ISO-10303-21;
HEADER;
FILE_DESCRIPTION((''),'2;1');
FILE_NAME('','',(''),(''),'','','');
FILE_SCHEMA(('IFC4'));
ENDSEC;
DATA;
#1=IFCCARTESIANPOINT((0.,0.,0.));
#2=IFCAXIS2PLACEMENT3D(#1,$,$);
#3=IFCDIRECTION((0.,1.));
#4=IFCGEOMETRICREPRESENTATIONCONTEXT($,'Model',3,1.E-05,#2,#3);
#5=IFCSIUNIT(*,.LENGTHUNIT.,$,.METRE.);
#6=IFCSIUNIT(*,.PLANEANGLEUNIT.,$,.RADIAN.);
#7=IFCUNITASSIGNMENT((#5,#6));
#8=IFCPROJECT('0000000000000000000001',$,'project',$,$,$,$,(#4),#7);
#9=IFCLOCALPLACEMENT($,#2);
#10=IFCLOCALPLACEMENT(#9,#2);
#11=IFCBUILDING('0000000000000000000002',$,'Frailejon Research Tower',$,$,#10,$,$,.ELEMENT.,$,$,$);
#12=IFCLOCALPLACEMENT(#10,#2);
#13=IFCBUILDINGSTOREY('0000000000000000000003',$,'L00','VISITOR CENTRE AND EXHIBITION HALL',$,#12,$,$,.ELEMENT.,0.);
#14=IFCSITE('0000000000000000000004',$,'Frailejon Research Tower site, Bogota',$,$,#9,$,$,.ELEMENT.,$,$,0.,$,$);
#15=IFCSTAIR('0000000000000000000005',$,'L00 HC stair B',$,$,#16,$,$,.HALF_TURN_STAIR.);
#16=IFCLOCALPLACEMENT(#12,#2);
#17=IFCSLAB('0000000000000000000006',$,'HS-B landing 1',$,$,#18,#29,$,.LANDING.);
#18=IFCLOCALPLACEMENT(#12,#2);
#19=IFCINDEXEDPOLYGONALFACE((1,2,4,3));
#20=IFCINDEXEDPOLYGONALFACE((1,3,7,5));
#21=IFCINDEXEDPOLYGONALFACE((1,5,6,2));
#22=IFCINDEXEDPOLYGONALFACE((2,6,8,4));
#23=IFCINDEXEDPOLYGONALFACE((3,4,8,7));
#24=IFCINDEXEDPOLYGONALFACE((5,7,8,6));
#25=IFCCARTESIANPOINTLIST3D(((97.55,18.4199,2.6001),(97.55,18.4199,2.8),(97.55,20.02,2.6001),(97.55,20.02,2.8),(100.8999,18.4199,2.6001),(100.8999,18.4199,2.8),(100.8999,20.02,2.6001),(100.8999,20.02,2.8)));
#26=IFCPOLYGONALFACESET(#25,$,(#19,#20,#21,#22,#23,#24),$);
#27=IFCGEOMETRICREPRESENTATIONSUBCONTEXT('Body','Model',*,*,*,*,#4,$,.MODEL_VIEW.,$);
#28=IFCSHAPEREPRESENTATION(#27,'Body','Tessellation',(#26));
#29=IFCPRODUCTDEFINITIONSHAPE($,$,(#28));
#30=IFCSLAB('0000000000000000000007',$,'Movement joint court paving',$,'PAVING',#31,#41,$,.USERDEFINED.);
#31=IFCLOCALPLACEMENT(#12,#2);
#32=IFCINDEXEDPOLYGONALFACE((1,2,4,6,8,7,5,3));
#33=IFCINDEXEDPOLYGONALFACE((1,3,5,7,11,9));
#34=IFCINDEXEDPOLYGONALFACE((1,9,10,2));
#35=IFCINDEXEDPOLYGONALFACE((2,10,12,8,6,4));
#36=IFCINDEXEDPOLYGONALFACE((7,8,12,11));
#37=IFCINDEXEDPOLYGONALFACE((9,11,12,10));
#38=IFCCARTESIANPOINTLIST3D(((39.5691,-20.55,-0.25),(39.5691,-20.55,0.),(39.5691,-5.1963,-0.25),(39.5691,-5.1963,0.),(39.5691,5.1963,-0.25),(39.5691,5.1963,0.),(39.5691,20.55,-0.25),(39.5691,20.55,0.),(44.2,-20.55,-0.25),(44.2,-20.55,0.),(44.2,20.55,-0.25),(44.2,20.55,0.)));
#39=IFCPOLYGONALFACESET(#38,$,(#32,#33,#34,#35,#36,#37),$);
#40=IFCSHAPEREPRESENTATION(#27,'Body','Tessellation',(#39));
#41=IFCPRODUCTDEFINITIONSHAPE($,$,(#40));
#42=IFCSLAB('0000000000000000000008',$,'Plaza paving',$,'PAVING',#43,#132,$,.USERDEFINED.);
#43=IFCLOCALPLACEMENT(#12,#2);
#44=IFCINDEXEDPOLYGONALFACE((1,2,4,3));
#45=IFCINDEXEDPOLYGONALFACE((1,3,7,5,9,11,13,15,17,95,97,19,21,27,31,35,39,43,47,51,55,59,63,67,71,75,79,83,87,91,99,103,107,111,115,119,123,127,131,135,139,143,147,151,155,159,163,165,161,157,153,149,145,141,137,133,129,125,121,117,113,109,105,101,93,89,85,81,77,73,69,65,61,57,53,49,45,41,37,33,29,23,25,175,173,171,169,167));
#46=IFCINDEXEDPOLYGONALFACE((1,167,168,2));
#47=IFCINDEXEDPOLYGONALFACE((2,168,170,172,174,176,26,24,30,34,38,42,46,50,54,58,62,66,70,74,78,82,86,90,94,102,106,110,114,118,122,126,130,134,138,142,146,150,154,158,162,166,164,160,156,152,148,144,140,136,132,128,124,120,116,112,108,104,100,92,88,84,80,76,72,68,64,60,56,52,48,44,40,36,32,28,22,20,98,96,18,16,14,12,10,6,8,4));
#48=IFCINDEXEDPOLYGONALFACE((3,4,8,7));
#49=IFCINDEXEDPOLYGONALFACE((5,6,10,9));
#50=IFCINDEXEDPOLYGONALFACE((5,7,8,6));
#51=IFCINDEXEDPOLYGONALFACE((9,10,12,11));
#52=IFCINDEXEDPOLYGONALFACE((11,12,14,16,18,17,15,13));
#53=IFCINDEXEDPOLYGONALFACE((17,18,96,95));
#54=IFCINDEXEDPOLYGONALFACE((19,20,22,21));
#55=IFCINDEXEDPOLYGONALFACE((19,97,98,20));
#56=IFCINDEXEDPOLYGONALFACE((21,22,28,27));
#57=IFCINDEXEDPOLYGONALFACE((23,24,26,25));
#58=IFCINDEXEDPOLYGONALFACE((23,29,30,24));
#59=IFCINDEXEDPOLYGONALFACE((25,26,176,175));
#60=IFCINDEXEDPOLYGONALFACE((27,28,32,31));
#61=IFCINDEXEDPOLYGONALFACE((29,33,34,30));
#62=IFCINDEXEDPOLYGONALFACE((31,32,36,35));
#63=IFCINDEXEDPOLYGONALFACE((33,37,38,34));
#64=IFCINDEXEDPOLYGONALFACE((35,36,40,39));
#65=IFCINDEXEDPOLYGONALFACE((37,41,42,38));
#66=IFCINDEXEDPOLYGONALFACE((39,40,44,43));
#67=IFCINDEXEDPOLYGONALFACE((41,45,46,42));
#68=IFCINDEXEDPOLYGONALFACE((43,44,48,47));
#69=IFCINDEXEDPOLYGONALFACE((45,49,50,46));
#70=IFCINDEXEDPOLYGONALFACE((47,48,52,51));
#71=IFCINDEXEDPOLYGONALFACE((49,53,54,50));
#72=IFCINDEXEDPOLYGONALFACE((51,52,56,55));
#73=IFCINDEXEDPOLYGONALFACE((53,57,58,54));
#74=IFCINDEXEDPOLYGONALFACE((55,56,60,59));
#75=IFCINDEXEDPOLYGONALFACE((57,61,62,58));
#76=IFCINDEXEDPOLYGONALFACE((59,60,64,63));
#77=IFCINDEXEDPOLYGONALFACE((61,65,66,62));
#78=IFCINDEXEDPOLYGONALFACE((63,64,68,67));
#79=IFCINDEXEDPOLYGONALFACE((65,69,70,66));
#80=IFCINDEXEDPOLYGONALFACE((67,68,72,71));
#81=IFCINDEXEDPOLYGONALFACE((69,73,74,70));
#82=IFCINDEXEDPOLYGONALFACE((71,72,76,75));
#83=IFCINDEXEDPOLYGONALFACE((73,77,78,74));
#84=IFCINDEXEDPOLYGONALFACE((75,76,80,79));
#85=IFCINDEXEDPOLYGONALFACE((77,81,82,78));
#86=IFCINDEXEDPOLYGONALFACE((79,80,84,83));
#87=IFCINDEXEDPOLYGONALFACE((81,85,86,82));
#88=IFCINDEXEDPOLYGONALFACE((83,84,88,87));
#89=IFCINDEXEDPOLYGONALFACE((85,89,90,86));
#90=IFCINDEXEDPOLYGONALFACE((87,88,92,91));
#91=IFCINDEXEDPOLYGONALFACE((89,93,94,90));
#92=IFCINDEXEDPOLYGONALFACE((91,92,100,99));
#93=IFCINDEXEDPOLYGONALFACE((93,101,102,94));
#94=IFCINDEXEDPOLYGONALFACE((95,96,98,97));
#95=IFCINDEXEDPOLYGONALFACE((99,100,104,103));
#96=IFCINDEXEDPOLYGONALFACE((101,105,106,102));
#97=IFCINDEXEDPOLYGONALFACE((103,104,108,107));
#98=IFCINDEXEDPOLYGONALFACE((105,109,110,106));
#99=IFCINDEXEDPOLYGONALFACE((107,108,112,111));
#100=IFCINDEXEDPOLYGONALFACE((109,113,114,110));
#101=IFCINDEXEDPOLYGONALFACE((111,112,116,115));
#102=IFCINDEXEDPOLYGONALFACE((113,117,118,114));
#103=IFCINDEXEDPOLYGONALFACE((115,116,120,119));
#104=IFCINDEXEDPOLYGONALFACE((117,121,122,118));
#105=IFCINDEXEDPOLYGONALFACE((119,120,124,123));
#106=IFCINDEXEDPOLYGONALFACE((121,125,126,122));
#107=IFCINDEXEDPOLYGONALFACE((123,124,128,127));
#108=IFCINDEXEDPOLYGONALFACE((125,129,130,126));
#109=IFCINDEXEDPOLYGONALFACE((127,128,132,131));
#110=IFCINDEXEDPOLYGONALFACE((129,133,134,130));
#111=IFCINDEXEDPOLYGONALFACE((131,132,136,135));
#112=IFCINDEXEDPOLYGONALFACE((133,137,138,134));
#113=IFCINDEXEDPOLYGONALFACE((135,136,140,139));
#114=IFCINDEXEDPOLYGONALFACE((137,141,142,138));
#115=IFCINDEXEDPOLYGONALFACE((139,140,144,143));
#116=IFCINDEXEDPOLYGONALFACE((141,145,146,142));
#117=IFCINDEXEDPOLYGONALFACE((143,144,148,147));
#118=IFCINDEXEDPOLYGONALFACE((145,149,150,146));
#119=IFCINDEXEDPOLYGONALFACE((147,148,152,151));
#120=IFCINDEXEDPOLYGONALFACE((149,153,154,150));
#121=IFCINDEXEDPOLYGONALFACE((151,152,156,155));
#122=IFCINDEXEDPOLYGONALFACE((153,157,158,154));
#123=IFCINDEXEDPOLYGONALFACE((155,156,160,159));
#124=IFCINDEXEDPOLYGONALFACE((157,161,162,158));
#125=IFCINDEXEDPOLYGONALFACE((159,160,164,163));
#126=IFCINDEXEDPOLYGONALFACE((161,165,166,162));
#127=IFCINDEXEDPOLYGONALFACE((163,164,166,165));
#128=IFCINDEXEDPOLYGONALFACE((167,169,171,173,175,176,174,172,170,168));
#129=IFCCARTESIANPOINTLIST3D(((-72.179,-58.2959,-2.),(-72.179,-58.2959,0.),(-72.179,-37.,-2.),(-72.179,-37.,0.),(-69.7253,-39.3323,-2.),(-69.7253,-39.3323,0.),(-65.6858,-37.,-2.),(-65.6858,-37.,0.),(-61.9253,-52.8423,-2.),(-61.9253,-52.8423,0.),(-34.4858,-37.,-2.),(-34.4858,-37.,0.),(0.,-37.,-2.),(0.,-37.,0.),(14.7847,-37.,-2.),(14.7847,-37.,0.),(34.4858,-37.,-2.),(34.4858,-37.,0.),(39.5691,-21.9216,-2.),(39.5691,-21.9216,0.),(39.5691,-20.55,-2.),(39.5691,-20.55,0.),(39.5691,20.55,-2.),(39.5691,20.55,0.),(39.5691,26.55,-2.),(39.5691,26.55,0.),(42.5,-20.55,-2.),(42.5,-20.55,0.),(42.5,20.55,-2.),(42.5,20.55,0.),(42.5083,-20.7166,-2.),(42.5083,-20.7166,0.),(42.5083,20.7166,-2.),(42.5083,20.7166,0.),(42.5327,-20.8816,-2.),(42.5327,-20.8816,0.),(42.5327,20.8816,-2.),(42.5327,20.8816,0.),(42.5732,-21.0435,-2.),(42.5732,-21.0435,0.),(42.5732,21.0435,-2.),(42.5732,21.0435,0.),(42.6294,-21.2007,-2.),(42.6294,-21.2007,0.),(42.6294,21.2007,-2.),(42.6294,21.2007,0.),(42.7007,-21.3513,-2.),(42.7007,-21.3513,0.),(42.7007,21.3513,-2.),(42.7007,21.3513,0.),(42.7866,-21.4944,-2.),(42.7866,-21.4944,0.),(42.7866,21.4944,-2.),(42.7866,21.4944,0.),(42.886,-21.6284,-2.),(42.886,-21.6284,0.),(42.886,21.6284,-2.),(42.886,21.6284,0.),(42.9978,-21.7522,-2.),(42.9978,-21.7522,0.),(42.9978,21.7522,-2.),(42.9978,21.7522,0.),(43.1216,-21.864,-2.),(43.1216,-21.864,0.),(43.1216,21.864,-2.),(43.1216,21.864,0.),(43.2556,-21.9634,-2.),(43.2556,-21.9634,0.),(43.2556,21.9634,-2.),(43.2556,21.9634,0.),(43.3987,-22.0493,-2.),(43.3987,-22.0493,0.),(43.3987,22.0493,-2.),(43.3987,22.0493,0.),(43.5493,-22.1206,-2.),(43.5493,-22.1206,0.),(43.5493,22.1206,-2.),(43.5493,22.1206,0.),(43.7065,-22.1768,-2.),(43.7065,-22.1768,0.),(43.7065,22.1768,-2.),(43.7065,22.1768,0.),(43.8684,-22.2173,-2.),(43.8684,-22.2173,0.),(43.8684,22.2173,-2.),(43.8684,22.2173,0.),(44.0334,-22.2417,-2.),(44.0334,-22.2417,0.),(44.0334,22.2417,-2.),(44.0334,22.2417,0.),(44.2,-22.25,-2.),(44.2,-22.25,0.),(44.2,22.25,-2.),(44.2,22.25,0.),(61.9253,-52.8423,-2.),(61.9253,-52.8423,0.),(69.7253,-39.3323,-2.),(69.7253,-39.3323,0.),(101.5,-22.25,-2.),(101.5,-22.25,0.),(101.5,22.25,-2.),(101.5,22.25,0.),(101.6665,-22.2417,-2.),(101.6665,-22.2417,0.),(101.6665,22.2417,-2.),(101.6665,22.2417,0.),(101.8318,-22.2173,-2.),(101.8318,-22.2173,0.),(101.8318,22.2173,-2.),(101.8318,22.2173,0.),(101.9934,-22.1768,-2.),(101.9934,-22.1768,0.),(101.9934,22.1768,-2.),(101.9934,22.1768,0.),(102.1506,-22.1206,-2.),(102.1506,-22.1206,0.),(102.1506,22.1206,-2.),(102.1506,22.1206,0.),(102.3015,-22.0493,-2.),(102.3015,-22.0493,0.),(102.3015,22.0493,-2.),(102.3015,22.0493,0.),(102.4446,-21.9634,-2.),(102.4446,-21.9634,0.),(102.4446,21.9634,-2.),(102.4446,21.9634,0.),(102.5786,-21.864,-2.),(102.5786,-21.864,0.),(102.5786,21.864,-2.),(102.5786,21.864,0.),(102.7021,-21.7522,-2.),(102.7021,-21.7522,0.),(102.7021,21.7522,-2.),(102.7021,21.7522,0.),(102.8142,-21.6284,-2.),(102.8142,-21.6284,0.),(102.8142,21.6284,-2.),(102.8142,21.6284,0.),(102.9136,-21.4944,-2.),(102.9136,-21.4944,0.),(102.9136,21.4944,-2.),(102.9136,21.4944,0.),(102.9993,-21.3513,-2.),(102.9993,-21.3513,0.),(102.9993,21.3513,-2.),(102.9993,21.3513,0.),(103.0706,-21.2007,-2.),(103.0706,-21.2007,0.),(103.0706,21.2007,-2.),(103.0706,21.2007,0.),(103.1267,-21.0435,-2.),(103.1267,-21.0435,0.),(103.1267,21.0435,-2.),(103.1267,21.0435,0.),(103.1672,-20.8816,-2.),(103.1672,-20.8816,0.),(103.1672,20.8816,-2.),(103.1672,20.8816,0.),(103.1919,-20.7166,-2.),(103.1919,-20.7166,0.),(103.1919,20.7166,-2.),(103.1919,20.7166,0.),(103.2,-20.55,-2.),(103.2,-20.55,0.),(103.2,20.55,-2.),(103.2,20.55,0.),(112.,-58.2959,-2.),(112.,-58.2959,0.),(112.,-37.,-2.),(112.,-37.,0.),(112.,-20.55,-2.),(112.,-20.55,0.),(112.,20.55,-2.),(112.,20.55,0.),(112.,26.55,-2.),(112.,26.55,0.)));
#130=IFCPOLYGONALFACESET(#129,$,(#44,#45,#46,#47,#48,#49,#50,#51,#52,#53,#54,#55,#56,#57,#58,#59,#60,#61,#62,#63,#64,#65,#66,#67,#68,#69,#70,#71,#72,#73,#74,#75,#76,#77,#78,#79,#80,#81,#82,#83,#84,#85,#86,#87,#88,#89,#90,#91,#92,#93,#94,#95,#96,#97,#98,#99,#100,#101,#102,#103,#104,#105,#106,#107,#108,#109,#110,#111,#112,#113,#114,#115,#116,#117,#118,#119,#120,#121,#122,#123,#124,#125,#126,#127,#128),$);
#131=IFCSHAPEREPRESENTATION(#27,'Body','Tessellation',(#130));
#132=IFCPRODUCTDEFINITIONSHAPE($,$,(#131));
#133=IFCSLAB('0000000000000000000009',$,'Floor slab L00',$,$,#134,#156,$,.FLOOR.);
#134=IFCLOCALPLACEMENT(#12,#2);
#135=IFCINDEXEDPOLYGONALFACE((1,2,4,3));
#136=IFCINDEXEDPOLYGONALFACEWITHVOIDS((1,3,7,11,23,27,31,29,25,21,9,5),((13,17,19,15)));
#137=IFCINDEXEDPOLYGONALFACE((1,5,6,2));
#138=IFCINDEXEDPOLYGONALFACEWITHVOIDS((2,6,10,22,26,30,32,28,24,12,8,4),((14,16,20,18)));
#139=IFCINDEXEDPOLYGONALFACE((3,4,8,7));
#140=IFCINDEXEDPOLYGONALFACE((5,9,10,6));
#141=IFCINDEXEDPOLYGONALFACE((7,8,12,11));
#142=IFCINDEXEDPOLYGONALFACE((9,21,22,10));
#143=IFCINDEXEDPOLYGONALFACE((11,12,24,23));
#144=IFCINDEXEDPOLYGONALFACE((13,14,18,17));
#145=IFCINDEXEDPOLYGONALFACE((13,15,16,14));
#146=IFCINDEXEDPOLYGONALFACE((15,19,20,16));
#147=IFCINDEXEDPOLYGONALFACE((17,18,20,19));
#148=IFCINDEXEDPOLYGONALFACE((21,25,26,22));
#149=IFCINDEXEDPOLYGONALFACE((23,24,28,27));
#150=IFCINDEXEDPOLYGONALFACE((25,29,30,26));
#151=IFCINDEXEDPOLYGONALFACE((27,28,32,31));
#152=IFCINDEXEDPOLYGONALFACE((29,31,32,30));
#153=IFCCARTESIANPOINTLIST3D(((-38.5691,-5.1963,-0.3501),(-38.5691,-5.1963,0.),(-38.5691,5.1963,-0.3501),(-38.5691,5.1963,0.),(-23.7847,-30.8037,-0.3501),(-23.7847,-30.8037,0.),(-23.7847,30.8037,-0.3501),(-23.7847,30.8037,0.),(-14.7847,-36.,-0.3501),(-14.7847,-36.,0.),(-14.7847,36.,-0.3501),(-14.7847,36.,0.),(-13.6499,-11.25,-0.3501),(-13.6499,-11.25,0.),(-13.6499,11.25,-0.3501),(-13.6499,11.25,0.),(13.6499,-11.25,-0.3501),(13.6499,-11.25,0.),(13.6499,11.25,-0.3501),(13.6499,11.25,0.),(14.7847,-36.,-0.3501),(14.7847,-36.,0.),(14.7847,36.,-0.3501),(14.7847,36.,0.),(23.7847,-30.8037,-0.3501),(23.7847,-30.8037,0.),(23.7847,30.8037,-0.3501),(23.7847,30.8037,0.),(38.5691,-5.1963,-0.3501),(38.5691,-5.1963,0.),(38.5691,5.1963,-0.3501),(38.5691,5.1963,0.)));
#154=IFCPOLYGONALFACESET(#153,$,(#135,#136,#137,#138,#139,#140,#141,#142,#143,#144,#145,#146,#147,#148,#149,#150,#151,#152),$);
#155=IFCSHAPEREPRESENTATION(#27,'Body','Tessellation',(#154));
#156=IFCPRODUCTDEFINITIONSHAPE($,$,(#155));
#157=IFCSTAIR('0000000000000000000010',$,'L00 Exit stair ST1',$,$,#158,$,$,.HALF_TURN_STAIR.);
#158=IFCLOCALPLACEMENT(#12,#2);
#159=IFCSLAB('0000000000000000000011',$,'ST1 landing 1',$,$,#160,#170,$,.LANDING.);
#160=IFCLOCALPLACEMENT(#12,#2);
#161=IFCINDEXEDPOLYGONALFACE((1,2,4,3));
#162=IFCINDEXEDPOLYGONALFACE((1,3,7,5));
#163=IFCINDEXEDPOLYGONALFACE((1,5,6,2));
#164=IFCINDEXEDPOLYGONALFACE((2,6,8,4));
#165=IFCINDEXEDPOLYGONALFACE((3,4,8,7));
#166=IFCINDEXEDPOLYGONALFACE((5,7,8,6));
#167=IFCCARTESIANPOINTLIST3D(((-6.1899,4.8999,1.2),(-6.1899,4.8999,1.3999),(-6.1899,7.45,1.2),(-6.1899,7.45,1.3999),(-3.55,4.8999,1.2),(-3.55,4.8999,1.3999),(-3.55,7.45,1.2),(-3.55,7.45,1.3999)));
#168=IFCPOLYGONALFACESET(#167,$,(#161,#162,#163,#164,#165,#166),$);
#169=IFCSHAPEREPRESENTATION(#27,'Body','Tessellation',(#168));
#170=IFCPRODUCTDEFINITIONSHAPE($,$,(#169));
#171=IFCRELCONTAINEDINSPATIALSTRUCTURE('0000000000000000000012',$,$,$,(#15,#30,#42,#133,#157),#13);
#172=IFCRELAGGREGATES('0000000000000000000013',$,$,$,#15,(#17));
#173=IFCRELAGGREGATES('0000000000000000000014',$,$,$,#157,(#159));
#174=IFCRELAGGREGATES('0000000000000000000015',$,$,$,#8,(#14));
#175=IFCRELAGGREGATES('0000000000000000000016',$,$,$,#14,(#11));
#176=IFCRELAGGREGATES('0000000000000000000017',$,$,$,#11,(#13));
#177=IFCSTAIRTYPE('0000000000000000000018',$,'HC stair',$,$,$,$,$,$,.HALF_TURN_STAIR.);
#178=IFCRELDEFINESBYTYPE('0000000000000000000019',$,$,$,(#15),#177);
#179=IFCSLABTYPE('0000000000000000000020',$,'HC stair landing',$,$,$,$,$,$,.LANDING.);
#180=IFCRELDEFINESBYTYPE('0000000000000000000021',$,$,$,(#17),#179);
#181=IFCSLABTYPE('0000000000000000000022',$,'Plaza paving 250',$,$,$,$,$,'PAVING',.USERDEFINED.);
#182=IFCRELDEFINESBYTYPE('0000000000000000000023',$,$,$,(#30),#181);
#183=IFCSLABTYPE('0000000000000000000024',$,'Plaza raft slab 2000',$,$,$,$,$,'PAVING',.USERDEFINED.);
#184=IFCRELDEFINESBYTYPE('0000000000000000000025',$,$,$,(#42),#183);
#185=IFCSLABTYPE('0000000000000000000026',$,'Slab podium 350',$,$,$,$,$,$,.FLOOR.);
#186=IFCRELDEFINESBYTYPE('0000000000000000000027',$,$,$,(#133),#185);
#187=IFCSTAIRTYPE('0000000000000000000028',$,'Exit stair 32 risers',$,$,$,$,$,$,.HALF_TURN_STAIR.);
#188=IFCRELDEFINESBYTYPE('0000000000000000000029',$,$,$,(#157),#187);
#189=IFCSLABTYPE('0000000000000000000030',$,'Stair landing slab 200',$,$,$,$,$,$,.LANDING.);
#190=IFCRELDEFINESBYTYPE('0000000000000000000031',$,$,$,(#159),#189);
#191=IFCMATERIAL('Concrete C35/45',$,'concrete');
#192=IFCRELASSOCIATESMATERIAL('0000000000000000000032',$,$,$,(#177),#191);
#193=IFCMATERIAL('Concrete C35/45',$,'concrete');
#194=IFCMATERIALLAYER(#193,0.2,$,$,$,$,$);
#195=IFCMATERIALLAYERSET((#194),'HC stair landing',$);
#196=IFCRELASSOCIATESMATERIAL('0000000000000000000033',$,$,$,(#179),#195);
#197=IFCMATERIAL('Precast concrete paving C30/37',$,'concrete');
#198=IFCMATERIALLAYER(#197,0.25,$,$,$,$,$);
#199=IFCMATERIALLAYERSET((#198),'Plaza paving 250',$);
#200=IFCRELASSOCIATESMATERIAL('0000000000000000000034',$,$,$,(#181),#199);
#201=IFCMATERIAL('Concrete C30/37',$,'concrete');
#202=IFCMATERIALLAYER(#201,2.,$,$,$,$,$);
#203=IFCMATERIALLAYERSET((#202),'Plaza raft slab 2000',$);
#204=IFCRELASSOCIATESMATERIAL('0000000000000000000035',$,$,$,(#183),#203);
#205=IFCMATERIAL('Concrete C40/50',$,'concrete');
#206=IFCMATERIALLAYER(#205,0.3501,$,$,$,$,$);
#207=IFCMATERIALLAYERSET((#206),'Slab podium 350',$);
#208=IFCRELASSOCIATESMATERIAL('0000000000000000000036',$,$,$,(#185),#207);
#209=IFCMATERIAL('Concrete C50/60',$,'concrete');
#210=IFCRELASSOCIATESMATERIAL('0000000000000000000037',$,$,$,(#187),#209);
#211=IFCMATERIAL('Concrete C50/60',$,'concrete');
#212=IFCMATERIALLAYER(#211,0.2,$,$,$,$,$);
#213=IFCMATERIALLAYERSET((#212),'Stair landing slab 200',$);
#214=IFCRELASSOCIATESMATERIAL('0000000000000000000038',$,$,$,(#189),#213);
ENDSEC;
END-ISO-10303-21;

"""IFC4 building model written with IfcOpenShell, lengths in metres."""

from ifc_helpers import new_model, si_unit, direction, frame, origin, place, context, subcontext, project, spatial, polyline, outline, extrude, material, layer, layer_set, type_object, element, aggregate, save


model = new_model("IFC4")

# Units and contexts
model_context = context("Model", 3, precision=1e-05, world=origin(), true_north=direction((0.0, 1.0)))
body_context = subcontext(model_context, "Body", "Model", "MODEL_VIEW")
ifc_project = project(units=[si_unit("LENGTHUNIT", "METRE"), si_unit("PLANEANGLEUNIT", "RADIAN")], contexts=[model_context])

# Site, building, storey
site_placement = place(None, origin())
site = spatial("IfcSite", under=ifc_project, at=site_placement, Name="Frailejon Research Tower site, Bogota", CompositionType="ELEMENT", RefElevation=0.0)
building_placement = place(site_placement, origin())
building = spatial("IfcBuilding", under=site, at=building_placement, Name="Frailejon Research Tower", CompositionType="ELEMENT")
storey_placement = place(building_placement, origin())
storey = spatial("IfcBuildingStorey", under=building, at=storey_placement, Name="L00", Description="VISITOR CENTRE AND EXHIBITION HALL", CompositionType="ELEMENT", Elevation=0.0)

# Stair, slab
ifc_material_1 = material(Name="Concrete C35/45", Category="concrete")
stair_type_1 = type_object("IfcStairType", Name="HC stair", PredefinedType="HALF_TURN_STAIR", material=ifc_material_1)
ifc_material_2 = material(Name="Concrete C35/45", Category="concrete")
ifc_layer_1 = layer(ifc_material_2, 0.2)
ifc_layer_set_1 = layer_set([ifc_layer_1], Name="HC stair landing")
slab_type_1 = type_object("IfcSlabType", Name="HC stair landing", PredefinedType="LANDING", material=ifc_layer_set_1)
stair_1_placement = place(storey_placement, origin())
stair_1 = element("IfcStair", 1, at=stair_1_placement, inside=storey, type_object=stair_type_1, Name="L00 HC stair B", PredefinedType="HALF_TURN_STAIR")
slab_1_placement = place(storey_placement, frame((0.0, 0.0, 2.6001)))
slab_1 = element("IfcSlab", 2, at=slab_1_placement, type_object=slab_type_1, Name="HS-B landing 1", PredefinedType="LANDING", context=body_context, shape_type="SweptSolid", body=[
    extrude(outline(polyline([(100.8999, 18.4199), (100.8999, 20.02), (97.55, 20.02), (97.55, 18.4199), (100.8999, 18.4199)])), origin(), (0.0, 0.0, 1.0), 0.2),
])
aggregate(stair_1, [slab_1])

# Slabs
ifc_material_3 = material(Name="Precast concrete paving C30/37", Category="concrete")
ifc_layer_2 = layer(ifc_material_3, 0.25)
ifc_layer_set_2 = layer_set([ifc_layer_2], Name="Plaza paving 250")
slab_type_2 = type_object("IfcSlabType", Name="Plaza paving 250", ElementType="PAVING", PredefinedType="USERDEFINED", material=ifc_layer_set_2)
slab_2_placement = place(storey_placement, frame((0.0, 0.0, -0.25)))
element("IfcSlab", 3, at=slab_2_placement, inside=storey, type_object=slab_type_2, Name="Movement joint court paving", ObjectType="PAVING", PredefinedType="USERDEFINED", context=body_context, shape_type="SweptSolid", body=[
    extrude(outline(polyline([(39.5691, 20.55), (44.2, 20.55), (44.2, -20.55), (39.5691, -20.55), (39.5691, -5.1963), (39.5691, 5.1963), (39.5691, 20.55)])), origin(), (0.0, 0.0, 1.0), 0.25),
])
ifc_material_4 = material(Name="Concrete C30/37", Category="concrete")
ifc_layer_3 = layer(ifc_material_4, 2.0)
ifc_layer_set_3 = layer_set([ifc_layer_3], Name="Plaza raft slab 2000")
slab_type_3 = type_object("IfcSlabType", Name="Plaza raft slab 2000", ElementType="PAVING", PredefinedType="USERDEFINED", material=ifc_layer_set_3)
slab_3_placement = place(storey_placement, frame((0.0, 0.0, -2.0)))
element("IfcSlab", 4, at=slab_3_placement, inside=storey, type_object=slab_type_3, Name="Plaza paving", ObjectType="PAVING", PredefinedType="USERDEFINED", context=body_context, shape_type="SweptSolid", body=[
    extrude(outline(polyline([(39.5691, 20.55), (39.5691, 26.55), (112.0, 26.55), (112.0, 20.55), (112.0, -20.55), (112.0, -37.0), (112.0, -58.2959), (-72.179, -58.2959), (-72.179, -37.0), (-65.6858, -37.0), (-69.7253, -39.3323), (-61.9253, -52.8423), (-34.4858, -37.0), (0.0, -37.0), (14.7847, -37.0), (14.7847, -37.0), (34.4858, -37.0), (61.9253, -52.8423), (69.7253, -39.3323), (39.5691, -21.9216), (39.5691, -20.55), (42.5, -20.55), (42.5083, -20.7166), (42.5327, -20.8816), (42.5732, -21.0435), (42.6294, -21.2007), (42.7007, -21.3513), (42.7866, -21.4944), (42.886, -21.6284), (42.9978, -21.7522), (43.1216, -21.864), (43.2556, -21.9634), (43.3987, -22.0493), (43.5493, -22.1206), (43.7065, -22.1768), (43.8684, -22.2173), (44.0334, -22.2417), (44.2, -22.25), (101.5, -22.25), (101.6665, -22.2417), (101.8318, -22.2173), (101.9934, -22.1768), (102.1506, -22.1206), (102.3015, -22.0493), (102.4446, -21.9634), (102.5786, -21.864), (102.7021, -21.7522), (102.8142, -21.6284), (102.9136, -21.4944), (102.9993, -21.3513), (103.0706, -21.2007), (103.1267, -21.0435), (103.1672, -20.8816), (103.1919, -20.7166), (103.2, -20.55), (103.2, 20.55), (103.1919, 20.7166), (103.1672, 20.8816), (103.1267, 21.0435), (103.0706, 21.2007), (102.9993, 21.3513), (102.9136, 21.4944), (102.8142, 21.6284), (102.7021, 21.7522), (102.5786, 21.864), (102.4446, 21.9634), (102.3015, 22.0493), (102.1506, 22.1206), (101.9934, 22.1768), (101.8318, 22.2173), (101.6665, 22.2417), (101.5, 22.25), (44.2, 22.25), (44.0334, 22.2417), (43.8684, 22.2173), (43.7065, 22.1768), (43.5493, 22.1206), (43.3987, 22.0493), (43.2556, 21.9634), (43.1216, 21.864), (42.9978, 21.7522), (42.886, 21.6284), (42.7866, 21.4944), (42.7007, 21.3513), (42.6294, 21.2007), (42.5732, 21.0435), (42.5327, 20.8816), (42.5083, 20.7166), (42.5, 20.55), (39.5691, 20.55)])), origin(), (0.0, 0.0, 1.0), 2.0),
])
ifc_material_5 = material(Name="Concrete C40/50", Category="concrete")
ifc_layer_4 = layer(ifc_material_5, 0.3501)
ifc_layer_set_4 = layer_set([ifc_layer_4], Name="Slab podium 350")
slab_type_4 = type_object("IfcSlabType", Name="Slab podium 350", PredefinedType="FLOOR", material=ifc_layer_set_4)
slab_4_placement = place(storey_placement, frame((0.0, 0.0, -0.3501)))
element("IfcSlab", 5, at=slab_4_placement, inside=storey, type_object=slab_type_4, Name="Floor slab L00", PredefinedType="FLOOR", context=body_context, shape_type="SweptSolid", body=[
    extrude(outline(polyline([(38.5691, -5.1963), (38.5691, 5.1963), (23.7847, 30.8037), (14.7847, 36.0), (-14.7847, 36.0), (-23.7847, 30.8037), (-38.5691, 5.1963), (-38.5691, -5.1963), (-23.7847, -30.8037), (-14.7847, -36.0), (14.7847, -36.0), (23.7847, -30.8037), (38.5691, -5.1963)]), holes=[polyline([(13.6499, -11.25), (-13.6499, -11.25), (-13.6499, 11.25), (13.6499, 11.25), (13.6499, -11.25)])]), origin(), (0.0, 0.0, 1.0), 0.3501),
])

# Stair, slab
ifc_material_6 = material(Name="Concrete C50/60", Category="concrete")
stair_type_2 = type_object("IfcStairType", Name="Exit stair 32 risers", PredefinedType="HALF_TURN_STAIR", material=ifc_material_6)
stair_2_placement = place(storey_placement, origin())
stair_2 = element("IfcStair", 6, at=stair_2_placement, inside=storey, type_object=stair_type_2, Name="L00 Exit stair ST1", PredefinedType="HALF_TURN_STAIR")
ifc_material_7 = material(Name="Concrete C50/60", Category="concrete")
ifc_layer_5 = layer(ifc_material_7, 0.2)
ifc_layer_set_5 = layer_set([ifc_layer_5], Name="Stair landing slab 200")
slab_type_5 = type_object("IfcSlabType", Name="Stair landing slab 200", PredefinedType="LANDING", material=ifc_layer_set_5)
slab_5_placement = place(storey_placement, frame((0.0, 0.0, 1.2)))
slab_5 = element("IfcSlab", 7, at=slab_5_placement, type_object=slab_type_5, Name="ST1 landing 1", PredefinedType="LANDING", context=body_context, shape_type="SweptSolid", body=[
    extrude(outline(polyline([(-6.1899, 4.8999), (-3.55, 4.8999), (-3.55, 7.45), (-6.1899, 7.45), (-6.1899, 4.8999)])), origin(), (0.0, 0.0, 1.0), 0.2),
])
aggregate(stair_2, [slab_5])

save(model, "model.ifc")
